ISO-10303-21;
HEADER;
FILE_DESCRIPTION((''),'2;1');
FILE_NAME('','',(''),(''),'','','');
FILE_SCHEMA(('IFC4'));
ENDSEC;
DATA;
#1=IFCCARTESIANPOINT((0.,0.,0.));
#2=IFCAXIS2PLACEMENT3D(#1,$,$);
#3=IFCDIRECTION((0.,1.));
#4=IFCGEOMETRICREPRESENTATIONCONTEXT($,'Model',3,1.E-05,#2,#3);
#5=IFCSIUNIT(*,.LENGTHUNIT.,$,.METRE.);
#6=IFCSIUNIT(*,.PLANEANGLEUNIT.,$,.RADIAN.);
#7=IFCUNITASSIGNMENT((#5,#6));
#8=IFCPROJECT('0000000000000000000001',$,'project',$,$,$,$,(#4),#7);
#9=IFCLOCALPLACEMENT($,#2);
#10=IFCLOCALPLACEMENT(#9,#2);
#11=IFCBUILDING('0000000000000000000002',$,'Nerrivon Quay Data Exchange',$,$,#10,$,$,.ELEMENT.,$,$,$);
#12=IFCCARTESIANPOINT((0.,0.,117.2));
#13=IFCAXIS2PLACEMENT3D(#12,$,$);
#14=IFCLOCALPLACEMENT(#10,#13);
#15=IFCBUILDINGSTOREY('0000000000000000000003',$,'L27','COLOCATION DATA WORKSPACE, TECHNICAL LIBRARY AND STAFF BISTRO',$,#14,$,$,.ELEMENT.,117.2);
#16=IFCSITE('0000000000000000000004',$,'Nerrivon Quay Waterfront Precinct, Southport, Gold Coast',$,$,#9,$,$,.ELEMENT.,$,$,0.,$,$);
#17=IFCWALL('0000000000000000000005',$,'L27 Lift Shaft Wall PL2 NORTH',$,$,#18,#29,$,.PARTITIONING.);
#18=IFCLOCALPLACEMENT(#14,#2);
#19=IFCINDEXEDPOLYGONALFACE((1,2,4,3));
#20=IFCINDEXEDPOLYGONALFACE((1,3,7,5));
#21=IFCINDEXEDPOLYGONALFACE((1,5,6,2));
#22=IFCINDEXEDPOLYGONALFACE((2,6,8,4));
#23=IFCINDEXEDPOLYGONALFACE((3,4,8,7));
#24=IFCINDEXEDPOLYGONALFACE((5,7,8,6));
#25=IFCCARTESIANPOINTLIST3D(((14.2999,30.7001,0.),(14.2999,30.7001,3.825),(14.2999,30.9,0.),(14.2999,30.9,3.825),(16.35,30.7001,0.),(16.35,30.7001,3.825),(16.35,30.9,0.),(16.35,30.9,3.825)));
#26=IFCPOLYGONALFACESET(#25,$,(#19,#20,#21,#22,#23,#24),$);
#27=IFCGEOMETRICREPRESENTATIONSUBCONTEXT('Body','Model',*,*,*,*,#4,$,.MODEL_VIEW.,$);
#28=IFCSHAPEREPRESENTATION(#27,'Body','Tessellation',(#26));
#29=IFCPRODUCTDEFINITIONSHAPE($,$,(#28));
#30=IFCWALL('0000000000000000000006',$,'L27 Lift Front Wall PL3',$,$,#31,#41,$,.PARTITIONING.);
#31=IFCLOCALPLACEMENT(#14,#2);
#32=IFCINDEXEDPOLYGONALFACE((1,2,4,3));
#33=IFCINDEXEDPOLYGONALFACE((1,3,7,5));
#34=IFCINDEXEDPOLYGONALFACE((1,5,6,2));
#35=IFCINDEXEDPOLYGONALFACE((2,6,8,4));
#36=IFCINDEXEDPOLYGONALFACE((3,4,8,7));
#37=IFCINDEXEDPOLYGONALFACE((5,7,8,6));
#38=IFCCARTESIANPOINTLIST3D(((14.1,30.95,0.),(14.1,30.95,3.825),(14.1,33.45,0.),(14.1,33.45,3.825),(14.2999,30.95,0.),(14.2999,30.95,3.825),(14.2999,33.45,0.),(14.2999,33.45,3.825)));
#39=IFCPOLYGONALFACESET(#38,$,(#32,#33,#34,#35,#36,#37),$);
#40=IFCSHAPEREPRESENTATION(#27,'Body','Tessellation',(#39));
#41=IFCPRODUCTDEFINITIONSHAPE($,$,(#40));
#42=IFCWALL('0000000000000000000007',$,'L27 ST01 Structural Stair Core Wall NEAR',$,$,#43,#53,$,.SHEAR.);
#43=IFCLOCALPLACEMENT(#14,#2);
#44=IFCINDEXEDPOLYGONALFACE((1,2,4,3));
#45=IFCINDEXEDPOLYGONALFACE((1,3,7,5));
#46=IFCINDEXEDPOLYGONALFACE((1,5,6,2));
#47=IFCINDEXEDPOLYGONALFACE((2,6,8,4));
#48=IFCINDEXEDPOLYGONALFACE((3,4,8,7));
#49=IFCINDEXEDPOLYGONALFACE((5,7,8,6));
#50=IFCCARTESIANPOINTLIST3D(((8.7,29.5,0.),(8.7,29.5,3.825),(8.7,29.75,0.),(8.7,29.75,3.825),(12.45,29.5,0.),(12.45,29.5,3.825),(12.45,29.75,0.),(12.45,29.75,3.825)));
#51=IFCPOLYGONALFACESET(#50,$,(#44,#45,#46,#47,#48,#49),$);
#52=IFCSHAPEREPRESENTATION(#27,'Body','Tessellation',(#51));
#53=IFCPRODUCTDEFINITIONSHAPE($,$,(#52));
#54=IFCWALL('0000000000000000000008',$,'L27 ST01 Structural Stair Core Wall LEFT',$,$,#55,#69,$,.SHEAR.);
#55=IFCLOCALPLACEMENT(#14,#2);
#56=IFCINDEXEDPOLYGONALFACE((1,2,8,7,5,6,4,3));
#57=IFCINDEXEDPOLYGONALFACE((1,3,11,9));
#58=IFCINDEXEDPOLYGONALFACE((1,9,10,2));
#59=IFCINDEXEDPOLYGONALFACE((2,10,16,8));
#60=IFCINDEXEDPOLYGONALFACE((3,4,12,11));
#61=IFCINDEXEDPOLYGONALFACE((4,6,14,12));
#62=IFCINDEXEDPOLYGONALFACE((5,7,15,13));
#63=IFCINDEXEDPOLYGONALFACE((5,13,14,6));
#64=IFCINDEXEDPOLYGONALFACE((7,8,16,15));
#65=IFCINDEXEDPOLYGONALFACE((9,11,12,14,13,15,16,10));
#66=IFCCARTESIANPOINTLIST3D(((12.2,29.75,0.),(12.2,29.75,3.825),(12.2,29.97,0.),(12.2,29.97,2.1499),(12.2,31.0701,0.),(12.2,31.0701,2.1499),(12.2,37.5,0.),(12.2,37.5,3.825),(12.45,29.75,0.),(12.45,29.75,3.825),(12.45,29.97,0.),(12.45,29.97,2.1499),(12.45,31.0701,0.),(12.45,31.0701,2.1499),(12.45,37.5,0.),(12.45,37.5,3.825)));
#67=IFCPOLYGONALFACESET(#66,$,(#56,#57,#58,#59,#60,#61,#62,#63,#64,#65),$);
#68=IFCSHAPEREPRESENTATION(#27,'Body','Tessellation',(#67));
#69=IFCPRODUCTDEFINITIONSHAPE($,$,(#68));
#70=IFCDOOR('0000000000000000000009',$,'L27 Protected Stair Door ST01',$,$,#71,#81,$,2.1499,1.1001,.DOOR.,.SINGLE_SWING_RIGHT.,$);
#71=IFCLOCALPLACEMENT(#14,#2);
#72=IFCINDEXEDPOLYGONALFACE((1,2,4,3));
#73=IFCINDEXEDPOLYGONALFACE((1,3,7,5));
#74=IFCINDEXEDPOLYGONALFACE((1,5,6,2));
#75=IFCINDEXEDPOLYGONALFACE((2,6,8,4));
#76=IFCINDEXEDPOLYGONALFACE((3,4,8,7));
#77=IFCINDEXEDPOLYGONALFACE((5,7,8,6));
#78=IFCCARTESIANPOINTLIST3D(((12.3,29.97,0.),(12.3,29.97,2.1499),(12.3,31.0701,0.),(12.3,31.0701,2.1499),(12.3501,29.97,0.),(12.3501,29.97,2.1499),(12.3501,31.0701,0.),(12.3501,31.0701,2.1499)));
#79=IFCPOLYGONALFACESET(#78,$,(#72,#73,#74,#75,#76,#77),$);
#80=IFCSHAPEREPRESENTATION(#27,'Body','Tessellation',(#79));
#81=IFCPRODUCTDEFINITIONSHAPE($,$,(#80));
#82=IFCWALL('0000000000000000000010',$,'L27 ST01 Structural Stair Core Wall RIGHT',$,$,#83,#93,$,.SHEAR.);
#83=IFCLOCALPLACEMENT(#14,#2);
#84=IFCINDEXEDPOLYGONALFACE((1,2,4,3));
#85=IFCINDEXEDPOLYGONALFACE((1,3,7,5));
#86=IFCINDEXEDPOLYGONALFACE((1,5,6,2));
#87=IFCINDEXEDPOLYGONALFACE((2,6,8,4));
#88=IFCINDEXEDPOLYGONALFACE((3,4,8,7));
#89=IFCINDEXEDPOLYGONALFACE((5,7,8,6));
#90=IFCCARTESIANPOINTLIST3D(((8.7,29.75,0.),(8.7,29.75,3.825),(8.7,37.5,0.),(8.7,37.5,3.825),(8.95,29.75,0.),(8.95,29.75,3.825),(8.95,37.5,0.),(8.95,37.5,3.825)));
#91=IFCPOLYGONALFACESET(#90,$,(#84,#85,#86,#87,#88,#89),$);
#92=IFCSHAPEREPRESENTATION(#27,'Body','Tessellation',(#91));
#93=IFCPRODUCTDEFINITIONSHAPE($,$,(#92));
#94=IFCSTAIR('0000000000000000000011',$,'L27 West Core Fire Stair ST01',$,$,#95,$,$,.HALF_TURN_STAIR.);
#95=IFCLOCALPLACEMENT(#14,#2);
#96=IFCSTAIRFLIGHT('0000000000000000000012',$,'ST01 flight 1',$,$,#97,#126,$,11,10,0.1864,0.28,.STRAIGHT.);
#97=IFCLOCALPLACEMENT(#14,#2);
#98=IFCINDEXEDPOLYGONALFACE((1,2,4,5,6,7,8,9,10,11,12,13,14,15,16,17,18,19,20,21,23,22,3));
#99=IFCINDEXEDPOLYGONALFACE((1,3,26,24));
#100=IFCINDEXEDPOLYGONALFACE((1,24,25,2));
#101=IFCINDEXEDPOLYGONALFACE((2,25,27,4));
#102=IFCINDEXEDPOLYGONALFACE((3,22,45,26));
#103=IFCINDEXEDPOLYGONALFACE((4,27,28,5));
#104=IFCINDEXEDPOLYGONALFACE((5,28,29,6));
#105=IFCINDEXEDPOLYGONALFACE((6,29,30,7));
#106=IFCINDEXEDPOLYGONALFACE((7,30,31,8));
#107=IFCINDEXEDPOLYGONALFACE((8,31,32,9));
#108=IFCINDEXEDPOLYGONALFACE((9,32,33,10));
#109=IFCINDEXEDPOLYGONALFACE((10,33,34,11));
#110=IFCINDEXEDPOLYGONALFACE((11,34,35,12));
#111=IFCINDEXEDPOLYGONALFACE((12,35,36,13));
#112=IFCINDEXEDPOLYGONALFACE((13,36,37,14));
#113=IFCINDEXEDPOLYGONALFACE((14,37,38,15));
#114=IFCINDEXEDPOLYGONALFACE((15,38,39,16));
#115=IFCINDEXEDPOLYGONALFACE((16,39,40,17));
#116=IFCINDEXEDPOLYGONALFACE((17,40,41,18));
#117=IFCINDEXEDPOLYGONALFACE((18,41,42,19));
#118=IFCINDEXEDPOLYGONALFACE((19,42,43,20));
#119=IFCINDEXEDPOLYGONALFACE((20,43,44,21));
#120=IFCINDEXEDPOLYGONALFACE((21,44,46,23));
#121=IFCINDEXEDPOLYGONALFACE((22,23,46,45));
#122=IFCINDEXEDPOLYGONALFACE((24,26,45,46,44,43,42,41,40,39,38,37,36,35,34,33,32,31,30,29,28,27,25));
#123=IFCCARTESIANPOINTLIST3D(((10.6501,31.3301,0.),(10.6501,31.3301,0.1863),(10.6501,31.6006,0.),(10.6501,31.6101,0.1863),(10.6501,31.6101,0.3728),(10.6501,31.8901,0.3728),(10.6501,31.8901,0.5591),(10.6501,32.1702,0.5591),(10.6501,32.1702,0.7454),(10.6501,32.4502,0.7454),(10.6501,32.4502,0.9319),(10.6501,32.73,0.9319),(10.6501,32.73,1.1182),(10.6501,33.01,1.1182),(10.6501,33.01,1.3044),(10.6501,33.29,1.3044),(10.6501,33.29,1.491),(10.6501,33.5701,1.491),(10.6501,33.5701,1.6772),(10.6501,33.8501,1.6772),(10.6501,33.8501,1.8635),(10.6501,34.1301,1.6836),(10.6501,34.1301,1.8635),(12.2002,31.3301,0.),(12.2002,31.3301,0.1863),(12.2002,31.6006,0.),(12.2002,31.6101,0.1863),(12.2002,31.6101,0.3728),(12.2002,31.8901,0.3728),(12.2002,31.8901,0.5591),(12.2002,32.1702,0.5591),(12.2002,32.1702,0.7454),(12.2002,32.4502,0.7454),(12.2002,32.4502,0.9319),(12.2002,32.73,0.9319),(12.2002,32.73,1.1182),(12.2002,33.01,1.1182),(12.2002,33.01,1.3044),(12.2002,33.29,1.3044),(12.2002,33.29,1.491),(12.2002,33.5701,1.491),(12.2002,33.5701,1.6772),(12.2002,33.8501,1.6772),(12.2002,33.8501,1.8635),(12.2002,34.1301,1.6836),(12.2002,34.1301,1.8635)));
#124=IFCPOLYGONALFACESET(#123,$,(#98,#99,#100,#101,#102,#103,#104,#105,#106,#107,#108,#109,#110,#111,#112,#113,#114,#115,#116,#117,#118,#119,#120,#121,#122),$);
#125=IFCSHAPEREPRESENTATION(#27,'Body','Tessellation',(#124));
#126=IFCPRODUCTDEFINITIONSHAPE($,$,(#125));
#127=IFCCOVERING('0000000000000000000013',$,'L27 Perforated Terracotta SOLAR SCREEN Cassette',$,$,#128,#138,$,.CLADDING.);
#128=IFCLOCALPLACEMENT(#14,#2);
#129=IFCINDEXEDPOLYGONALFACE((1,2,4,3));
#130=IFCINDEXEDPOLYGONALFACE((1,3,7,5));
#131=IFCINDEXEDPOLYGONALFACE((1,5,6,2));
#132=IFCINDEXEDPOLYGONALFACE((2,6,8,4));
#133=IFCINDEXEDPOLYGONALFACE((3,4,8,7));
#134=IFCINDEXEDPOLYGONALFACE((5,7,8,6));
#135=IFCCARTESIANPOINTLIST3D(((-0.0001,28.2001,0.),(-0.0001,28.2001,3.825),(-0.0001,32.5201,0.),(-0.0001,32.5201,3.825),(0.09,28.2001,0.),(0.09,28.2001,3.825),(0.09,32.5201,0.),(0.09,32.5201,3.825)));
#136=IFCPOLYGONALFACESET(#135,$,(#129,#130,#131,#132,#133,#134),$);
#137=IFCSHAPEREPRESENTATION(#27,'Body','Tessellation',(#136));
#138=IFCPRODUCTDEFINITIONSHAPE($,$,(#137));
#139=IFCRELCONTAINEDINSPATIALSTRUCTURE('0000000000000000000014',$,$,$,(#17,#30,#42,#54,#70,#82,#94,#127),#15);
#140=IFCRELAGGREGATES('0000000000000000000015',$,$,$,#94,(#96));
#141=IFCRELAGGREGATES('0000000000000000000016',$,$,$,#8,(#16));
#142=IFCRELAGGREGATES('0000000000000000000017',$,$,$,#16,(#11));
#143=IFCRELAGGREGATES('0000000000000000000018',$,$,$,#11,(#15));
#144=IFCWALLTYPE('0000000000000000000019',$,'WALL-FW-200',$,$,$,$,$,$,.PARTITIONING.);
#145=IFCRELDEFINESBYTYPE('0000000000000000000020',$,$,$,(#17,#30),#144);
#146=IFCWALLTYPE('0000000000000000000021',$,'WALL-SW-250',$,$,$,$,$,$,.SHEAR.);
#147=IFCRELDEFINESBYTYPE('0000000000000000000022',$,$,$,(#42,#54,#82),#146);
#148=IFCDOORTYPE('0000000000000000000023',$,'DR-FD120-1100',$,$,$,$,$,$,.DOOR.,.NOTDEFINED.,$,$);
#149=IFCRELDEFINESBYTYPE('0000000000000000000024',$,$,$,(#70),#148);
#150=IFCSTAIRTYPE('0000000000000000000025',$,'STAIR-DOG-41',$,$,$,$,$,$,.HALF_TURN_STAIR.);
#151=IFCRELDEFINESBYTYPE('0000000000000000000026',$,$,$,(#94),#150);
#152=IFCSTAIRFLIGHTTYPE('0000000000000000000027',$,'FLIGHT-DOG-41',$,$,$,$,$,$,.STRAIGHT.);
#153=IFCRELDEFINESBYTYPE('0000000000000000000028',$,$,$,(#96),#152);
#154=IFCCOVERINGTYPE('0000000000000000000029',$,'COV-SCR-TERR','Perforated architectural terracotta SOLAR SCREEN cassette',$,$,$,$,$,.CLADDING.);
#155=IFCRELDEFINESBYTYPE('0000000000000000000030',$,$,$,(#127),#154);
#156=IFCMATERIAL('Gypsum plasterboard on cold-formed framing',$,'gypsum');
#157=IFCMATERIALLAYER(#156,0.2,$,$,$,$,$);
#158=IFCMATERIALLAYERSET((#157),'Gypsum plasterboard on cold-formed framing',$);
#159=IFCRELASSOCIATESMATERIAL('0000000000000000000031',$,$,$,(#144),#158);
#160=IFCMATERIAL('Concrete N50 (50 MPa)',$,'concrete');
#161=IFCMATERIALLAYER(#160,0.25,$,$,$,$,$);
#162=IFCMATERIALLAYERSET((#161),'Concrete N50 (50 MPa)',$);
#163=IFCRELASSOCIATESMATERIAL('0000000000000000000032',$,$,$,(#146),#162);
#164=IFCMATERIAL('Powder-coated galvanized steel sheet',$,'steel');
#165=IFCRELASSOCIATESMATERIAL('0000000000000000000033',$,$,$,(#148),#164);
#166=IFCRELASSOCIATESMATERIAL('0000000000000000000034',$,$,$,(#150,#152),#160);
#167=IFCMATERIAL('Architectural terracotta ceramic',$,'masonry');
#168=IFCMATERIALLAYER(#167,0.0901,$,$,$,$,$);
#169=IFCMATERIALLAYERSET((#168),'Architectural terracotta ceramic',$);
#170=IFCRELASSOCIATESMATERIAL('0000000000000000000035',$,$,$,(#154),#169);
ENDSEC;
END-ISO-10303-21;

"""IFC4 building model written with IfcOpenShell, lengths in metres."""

from ifc_helpers import new_model, si_unit, direction, frame, frame_2d, origin, origin_2d, place, context, subcontext, project, spatial, polyline, rectangle, outline, extrude, material, layer, layer_set, type_object, element, fill, aggregate, save


model = new_model("IFC4")

# Units and contexts
model_context = context("Model", 3, precision=1e-05, world=origin(), true_north=direction((0.0, 1.0)))
body_context = subcontext(model_context, "Body", "Model", "MODEL_VIEW")
ifc_project = project(units=[si_unit("LENGTHUNIT", "METRE"), si_unit("PLANEANGLEUNIT", "RADIAN")], contexts=[model_context])

# Site, building, storey
site_placement = place(None, origin())
site = spatial("IfcSite", under=ifc_project, at=site_placement, Name="Nerrivon Quay Waterfront Precinct, Southport, Gold Coast", CompositionType="ELEMENT", RefElevation=0.0)
building_placement = place(site_placement, origin())
building = spatial("IfcBuilding", under=site, at=building_placement, Name="Nerrivon Quay Data Exchange", CompositionType="ELEMENT")
storey_placement = place(building_placement, frame((0.0, 0.0, 117.2)))
storey = spatial("IfcBuildingStorey", under=building, at=storey_placement, Name="L27", Description="COLOCATION DATA WORKSPACE, TECHNICAL LIBRARY AND STAFF BISTRO", CompositionType="ELEMENT", Elevation=117.2)

# Shared definitions
ifc_material_1 = material(Name="Gypsum plasterboard on cold-formed framing", Category="gypsum")
ifc_layer_1 = layer(ifc_material_1, 0.2)
ifc_layer_set_1 = layer_set([ifc_layer_1], Name="Gypsum plasterboard on cold-formed framing")
wall_type_1 = type_object("IfcWallType", Name="WALL-FW-200", PredefinedType="PARTITIONING", material=ifc_layer_set_1)
ifc_material_2 = material(Name="Powder-coated galvanized steel sheet", Category="steel")

# Walls
wall_1_placement = place(storey_placement, frame((14.3, 30.8, 0.0), z_axis=(0.0, 0.0, 1.0), x_axis=(1.0, 0.0, 0.0)))
element("IfcWall", 1, at=wall_1_placement, inside=storey, type_object=wall_type_1, Name="L27 Lift Shaft Wall PL2 NORTH", PredefinedType="PARTITIONING", context=body_context, shape_type="SweptSolid", body=[
    extrude(rectangle(XDim=2.05, YDim=0.2, at=frame_2d((1.0249, 0.0))), origin(), (0.0, 0.0, 1.0), 3.825),
])
wall_2_placement = place(storey_placement, frame((14.2, 30.95, 0.0), z_axis=(0.0, 0.0, 1.0), x_axis=(0.0, 1.0, 0.0)))
element("IfcWall", 2, at=wall_2_placement, inside=storey, type_object=wall_type_1, Name="L27 Lift Front Wall PL3", PredefinedType="PARTITIONING", context=body_context, shape_type="SweptSolid", body=[
    extrude(rectangle(XDim=2.5, YDim=0.2, at=frame_2d((1.25, 0.0))), origin(), (0.0, 0.0, 1.0), 3.825),
])
ifc_material_3 = material(Name="Concrete N50 (50 MPa)", Category="concrete")
ifc_layer_2 = layer(ifc_material_3, 0.25)
ifc_layer_set_2 = layer_set([ifc_layer_2], Name="Concrete N50 (50 MPa)")
wall_type_2 = type_object("IfcWallType", Name="WALL-SW-250", PredefinedType="SHEAR", material=ifc_layer_set_2)
wall_3_placement = place(storey_placement, frame((12.45, 29.625, 0.0), z_axis=(0.0, 0.0, 1.0), x_axis=(-1.0, 0.0, 0.0)))
element("IfcWall", 3, at=wall_3_placement, inside=storey, type_object=wall_type_2, Name="L27 ST01 Structural Stair Core Wall NEAR", PredefinedType="SHEAR", context=body_context, shape_type="SweptSolid", body=[
    extrude(rectangle(XDim=3.75, YDim=0.25, at=frame_2d((1.875, 0.0))), origin(), (0.0, 0.0, 1.0), 3.825),
])

# Wall, opening, door
wall_4_placement = place(storey_placement, frame((12.325, 29.75, 0.0), z_axis=(0.0, 0.0, 1.0), x_axis=(0.0, 1.0, 0.0)))
wall_4 = element("IfcWall", 4, at=wall_4_placement, inside=storey, type_object=wall_type_2, Name="L27 ST01 Structural Stair Core Wall LEFT", PredefinedType="SHEAR", context=body_context, shape_type="SweptSolid", body=[
    extrude(rectangle(XDim=7.75, YDim=0.25, at=frame_2d((3.875, 0.0))), origin(), (0.0, 0.0, 1.0), 3.825),
])
opening_1_placement = place(wall_4_placement, frame((0.22, 0.0, 0.0)))
opening_1 = element("IfcOpeningElement", 5, at=opening_1_placement, cuts=wall_4, PredefinedType="OPENING", context=body_context, shape_type="SweptSolid", body=[
    extrude(rectangle(XDim=1.1001, YDim=2.1499, at=frame_2d((0.55, 1.075))), frame((0.0, 0.135, 0.0), z_axis=(0.0, -1.0, 0.0), x_axis=(1.0, 0.0, 0.0)), (0.0, 0.0, 1.0), 0.27),
])
door_type_1 = type_object("IfcDoorType", Name="DR-FD120-1100", OperationType="NOTDEFINED", PredefinedType="DOOR", material=ifc_material_2)
door_1_placement = place(opening_1_placement, origin())
door_1 = element("IfcDoor", 6, at=door_1_placement, inside=storey, type_object=door_type_1, Name="L27 Protected Stair Door ST01", OperationType="SINGLE_SWING_RIGHT", OverallHeight=2.1499, OverallWidth=1.1001, PredefinedType="DOOR", context=body_context, shape_type="SweptSolid", body=[
    extrude(rectangle(XDim=1.1001, YDim=2.1499, at=frame_2d((0.55, 1.075))), frame((0.0, 0.0249, 0.0), z_axis=(0.0, -1.0, 0.0), x_axis=(1.0, 0.0, 0.0)), (0.0, 0.0, 1.0), 0.05),
])
fill(opening_1, door_1)

# Wall
wall_5_placement = place(storey_placement, frame((8.825, 29.75, 0.0), z_axis=(0.0, 0.0, 1.0), x_axis=(0.0, 1.0, 0.0)))
element("IfcWall", 7, at=wall_5_placement, inside=storey, type_object=wall_type_2, Name="L27 ST01 Structural Stair Core Wall RIGHT", PredefinedType="SHEAR", context=body_context, shape_type="SweptSolid", body=[
    extrude(rectangle(XDim=7.75, YDim=0.25, at=frame_2d((3.875, 0.0))), origin(), (0.0, 0.0, 1.0), 3.825),
])

# Stair, stair flight
stair_type = type_object("IfcStairType", Name="STAIR-DOG-41", PredefinedType="HALF_TURN_STAIR", material=ifc_material_3)
stair_placement = place(storey_placement, origin())
stair = element("IfcStair", 8, at=stair_placement, inside=storey, type_object=stair_type, Name="L27 West Core Fire Stair ST01", PredefinedType="HALF_TURN_STAIR")
stair_flight_type = type_object("IfcStairFlightType", Name="FLIGHT-DOG-41", PredefinedType="STRAIGHT", material=ifc_material_3)
stair_flight_placement = place(storey_placement, frame((11.425, 31.3301, 0.0), z_axis=(0.0, 0.0, 1.0), x_axis=(0.0, 1.0, 0.0)))
stair_flight = element("IfcStairFlight", 9, at=stair_flight_placement, type_object=stair_flight_type, Name="ST01 flight 1", NumberOfRisers=11, NumberOfTreads=10, PredefinedType="STRAIGHT", RiserHeight=0.1864, TreadLength=0.28, context=body_context, shape_type="SweptSolid", body=[
    extrude(outline(polyline([(0.0, 0.0), (0.0, 0.1863), (0.28, 0.1863), (0.28, 0.3728), (0.5601, 0.3728), (0.5601, 0.5591), (0.8401, 0.5591), (0.8401, 0.7454), (1.1201, 0.7454), (1.1201, 0.9319), (1.3999, 0.9319), (1.3999, 1.1182), (1.6799, 1.1182), (1.6799, 1.3044), (1.96, 1.3044), (1.96, 1.491), (2.24, 1.491), (2.24, 1.6772), (2.52, 1.6772), (2.52, 1.8635), (2.8, 1.8635), (2.8, 2.05), (2.8, 1.6836), (0.2705, 0.0), (0.0, 0.0)])), frame((0.0, 0.7749, 0.0), z_axis=(0.0, -1.0, 0.0), x_axis=(1.0, 0.0, 0.0)), (0.0, 0.0, 1.0), 1.55),
])
aggregate(stair, [stair_flight])

# Covering
ifc_material_4 = material(Name="Architectural terracotta ceramic", Category="masonry")
ifc_layer_3 = layer(ifc_material_4, 0.0901)
ifc_layer_set_3 = layer_set([ifc_layer_3], Name="Architectural terracotta ceramic")
covering_type = type_object("IfcCoveringType", Name="COV-SCR-TERR", Description="Perforated architectural terracotta SOLAR SCREEN cassette", PredefinedType="CLADDING", material=ifc_layer_set_3)
covering_placement = place(storey_placement, frame((0.0449, 30.3601, 0.0), z_axis=(0.0, 0.0, 1.0), x_axis=(0.0, 1.0, 0.0)))
element("IfcCovering", 10, at=covering_placement, inside=storey, type_object=covering_type, Name="L27 Perforated Terracotta SOLAR SCREEN Cassette", PredefinedType="CLADDING", context=body_context, shape_type="SweptSolid", body=[
    extrude(rectangle(XDim=4.3201, YDim=0.0901, at=origin_2d()), origin(), (0.0, 0.0, 1.0), 3.825),
])

save(model, "model.ifc")
